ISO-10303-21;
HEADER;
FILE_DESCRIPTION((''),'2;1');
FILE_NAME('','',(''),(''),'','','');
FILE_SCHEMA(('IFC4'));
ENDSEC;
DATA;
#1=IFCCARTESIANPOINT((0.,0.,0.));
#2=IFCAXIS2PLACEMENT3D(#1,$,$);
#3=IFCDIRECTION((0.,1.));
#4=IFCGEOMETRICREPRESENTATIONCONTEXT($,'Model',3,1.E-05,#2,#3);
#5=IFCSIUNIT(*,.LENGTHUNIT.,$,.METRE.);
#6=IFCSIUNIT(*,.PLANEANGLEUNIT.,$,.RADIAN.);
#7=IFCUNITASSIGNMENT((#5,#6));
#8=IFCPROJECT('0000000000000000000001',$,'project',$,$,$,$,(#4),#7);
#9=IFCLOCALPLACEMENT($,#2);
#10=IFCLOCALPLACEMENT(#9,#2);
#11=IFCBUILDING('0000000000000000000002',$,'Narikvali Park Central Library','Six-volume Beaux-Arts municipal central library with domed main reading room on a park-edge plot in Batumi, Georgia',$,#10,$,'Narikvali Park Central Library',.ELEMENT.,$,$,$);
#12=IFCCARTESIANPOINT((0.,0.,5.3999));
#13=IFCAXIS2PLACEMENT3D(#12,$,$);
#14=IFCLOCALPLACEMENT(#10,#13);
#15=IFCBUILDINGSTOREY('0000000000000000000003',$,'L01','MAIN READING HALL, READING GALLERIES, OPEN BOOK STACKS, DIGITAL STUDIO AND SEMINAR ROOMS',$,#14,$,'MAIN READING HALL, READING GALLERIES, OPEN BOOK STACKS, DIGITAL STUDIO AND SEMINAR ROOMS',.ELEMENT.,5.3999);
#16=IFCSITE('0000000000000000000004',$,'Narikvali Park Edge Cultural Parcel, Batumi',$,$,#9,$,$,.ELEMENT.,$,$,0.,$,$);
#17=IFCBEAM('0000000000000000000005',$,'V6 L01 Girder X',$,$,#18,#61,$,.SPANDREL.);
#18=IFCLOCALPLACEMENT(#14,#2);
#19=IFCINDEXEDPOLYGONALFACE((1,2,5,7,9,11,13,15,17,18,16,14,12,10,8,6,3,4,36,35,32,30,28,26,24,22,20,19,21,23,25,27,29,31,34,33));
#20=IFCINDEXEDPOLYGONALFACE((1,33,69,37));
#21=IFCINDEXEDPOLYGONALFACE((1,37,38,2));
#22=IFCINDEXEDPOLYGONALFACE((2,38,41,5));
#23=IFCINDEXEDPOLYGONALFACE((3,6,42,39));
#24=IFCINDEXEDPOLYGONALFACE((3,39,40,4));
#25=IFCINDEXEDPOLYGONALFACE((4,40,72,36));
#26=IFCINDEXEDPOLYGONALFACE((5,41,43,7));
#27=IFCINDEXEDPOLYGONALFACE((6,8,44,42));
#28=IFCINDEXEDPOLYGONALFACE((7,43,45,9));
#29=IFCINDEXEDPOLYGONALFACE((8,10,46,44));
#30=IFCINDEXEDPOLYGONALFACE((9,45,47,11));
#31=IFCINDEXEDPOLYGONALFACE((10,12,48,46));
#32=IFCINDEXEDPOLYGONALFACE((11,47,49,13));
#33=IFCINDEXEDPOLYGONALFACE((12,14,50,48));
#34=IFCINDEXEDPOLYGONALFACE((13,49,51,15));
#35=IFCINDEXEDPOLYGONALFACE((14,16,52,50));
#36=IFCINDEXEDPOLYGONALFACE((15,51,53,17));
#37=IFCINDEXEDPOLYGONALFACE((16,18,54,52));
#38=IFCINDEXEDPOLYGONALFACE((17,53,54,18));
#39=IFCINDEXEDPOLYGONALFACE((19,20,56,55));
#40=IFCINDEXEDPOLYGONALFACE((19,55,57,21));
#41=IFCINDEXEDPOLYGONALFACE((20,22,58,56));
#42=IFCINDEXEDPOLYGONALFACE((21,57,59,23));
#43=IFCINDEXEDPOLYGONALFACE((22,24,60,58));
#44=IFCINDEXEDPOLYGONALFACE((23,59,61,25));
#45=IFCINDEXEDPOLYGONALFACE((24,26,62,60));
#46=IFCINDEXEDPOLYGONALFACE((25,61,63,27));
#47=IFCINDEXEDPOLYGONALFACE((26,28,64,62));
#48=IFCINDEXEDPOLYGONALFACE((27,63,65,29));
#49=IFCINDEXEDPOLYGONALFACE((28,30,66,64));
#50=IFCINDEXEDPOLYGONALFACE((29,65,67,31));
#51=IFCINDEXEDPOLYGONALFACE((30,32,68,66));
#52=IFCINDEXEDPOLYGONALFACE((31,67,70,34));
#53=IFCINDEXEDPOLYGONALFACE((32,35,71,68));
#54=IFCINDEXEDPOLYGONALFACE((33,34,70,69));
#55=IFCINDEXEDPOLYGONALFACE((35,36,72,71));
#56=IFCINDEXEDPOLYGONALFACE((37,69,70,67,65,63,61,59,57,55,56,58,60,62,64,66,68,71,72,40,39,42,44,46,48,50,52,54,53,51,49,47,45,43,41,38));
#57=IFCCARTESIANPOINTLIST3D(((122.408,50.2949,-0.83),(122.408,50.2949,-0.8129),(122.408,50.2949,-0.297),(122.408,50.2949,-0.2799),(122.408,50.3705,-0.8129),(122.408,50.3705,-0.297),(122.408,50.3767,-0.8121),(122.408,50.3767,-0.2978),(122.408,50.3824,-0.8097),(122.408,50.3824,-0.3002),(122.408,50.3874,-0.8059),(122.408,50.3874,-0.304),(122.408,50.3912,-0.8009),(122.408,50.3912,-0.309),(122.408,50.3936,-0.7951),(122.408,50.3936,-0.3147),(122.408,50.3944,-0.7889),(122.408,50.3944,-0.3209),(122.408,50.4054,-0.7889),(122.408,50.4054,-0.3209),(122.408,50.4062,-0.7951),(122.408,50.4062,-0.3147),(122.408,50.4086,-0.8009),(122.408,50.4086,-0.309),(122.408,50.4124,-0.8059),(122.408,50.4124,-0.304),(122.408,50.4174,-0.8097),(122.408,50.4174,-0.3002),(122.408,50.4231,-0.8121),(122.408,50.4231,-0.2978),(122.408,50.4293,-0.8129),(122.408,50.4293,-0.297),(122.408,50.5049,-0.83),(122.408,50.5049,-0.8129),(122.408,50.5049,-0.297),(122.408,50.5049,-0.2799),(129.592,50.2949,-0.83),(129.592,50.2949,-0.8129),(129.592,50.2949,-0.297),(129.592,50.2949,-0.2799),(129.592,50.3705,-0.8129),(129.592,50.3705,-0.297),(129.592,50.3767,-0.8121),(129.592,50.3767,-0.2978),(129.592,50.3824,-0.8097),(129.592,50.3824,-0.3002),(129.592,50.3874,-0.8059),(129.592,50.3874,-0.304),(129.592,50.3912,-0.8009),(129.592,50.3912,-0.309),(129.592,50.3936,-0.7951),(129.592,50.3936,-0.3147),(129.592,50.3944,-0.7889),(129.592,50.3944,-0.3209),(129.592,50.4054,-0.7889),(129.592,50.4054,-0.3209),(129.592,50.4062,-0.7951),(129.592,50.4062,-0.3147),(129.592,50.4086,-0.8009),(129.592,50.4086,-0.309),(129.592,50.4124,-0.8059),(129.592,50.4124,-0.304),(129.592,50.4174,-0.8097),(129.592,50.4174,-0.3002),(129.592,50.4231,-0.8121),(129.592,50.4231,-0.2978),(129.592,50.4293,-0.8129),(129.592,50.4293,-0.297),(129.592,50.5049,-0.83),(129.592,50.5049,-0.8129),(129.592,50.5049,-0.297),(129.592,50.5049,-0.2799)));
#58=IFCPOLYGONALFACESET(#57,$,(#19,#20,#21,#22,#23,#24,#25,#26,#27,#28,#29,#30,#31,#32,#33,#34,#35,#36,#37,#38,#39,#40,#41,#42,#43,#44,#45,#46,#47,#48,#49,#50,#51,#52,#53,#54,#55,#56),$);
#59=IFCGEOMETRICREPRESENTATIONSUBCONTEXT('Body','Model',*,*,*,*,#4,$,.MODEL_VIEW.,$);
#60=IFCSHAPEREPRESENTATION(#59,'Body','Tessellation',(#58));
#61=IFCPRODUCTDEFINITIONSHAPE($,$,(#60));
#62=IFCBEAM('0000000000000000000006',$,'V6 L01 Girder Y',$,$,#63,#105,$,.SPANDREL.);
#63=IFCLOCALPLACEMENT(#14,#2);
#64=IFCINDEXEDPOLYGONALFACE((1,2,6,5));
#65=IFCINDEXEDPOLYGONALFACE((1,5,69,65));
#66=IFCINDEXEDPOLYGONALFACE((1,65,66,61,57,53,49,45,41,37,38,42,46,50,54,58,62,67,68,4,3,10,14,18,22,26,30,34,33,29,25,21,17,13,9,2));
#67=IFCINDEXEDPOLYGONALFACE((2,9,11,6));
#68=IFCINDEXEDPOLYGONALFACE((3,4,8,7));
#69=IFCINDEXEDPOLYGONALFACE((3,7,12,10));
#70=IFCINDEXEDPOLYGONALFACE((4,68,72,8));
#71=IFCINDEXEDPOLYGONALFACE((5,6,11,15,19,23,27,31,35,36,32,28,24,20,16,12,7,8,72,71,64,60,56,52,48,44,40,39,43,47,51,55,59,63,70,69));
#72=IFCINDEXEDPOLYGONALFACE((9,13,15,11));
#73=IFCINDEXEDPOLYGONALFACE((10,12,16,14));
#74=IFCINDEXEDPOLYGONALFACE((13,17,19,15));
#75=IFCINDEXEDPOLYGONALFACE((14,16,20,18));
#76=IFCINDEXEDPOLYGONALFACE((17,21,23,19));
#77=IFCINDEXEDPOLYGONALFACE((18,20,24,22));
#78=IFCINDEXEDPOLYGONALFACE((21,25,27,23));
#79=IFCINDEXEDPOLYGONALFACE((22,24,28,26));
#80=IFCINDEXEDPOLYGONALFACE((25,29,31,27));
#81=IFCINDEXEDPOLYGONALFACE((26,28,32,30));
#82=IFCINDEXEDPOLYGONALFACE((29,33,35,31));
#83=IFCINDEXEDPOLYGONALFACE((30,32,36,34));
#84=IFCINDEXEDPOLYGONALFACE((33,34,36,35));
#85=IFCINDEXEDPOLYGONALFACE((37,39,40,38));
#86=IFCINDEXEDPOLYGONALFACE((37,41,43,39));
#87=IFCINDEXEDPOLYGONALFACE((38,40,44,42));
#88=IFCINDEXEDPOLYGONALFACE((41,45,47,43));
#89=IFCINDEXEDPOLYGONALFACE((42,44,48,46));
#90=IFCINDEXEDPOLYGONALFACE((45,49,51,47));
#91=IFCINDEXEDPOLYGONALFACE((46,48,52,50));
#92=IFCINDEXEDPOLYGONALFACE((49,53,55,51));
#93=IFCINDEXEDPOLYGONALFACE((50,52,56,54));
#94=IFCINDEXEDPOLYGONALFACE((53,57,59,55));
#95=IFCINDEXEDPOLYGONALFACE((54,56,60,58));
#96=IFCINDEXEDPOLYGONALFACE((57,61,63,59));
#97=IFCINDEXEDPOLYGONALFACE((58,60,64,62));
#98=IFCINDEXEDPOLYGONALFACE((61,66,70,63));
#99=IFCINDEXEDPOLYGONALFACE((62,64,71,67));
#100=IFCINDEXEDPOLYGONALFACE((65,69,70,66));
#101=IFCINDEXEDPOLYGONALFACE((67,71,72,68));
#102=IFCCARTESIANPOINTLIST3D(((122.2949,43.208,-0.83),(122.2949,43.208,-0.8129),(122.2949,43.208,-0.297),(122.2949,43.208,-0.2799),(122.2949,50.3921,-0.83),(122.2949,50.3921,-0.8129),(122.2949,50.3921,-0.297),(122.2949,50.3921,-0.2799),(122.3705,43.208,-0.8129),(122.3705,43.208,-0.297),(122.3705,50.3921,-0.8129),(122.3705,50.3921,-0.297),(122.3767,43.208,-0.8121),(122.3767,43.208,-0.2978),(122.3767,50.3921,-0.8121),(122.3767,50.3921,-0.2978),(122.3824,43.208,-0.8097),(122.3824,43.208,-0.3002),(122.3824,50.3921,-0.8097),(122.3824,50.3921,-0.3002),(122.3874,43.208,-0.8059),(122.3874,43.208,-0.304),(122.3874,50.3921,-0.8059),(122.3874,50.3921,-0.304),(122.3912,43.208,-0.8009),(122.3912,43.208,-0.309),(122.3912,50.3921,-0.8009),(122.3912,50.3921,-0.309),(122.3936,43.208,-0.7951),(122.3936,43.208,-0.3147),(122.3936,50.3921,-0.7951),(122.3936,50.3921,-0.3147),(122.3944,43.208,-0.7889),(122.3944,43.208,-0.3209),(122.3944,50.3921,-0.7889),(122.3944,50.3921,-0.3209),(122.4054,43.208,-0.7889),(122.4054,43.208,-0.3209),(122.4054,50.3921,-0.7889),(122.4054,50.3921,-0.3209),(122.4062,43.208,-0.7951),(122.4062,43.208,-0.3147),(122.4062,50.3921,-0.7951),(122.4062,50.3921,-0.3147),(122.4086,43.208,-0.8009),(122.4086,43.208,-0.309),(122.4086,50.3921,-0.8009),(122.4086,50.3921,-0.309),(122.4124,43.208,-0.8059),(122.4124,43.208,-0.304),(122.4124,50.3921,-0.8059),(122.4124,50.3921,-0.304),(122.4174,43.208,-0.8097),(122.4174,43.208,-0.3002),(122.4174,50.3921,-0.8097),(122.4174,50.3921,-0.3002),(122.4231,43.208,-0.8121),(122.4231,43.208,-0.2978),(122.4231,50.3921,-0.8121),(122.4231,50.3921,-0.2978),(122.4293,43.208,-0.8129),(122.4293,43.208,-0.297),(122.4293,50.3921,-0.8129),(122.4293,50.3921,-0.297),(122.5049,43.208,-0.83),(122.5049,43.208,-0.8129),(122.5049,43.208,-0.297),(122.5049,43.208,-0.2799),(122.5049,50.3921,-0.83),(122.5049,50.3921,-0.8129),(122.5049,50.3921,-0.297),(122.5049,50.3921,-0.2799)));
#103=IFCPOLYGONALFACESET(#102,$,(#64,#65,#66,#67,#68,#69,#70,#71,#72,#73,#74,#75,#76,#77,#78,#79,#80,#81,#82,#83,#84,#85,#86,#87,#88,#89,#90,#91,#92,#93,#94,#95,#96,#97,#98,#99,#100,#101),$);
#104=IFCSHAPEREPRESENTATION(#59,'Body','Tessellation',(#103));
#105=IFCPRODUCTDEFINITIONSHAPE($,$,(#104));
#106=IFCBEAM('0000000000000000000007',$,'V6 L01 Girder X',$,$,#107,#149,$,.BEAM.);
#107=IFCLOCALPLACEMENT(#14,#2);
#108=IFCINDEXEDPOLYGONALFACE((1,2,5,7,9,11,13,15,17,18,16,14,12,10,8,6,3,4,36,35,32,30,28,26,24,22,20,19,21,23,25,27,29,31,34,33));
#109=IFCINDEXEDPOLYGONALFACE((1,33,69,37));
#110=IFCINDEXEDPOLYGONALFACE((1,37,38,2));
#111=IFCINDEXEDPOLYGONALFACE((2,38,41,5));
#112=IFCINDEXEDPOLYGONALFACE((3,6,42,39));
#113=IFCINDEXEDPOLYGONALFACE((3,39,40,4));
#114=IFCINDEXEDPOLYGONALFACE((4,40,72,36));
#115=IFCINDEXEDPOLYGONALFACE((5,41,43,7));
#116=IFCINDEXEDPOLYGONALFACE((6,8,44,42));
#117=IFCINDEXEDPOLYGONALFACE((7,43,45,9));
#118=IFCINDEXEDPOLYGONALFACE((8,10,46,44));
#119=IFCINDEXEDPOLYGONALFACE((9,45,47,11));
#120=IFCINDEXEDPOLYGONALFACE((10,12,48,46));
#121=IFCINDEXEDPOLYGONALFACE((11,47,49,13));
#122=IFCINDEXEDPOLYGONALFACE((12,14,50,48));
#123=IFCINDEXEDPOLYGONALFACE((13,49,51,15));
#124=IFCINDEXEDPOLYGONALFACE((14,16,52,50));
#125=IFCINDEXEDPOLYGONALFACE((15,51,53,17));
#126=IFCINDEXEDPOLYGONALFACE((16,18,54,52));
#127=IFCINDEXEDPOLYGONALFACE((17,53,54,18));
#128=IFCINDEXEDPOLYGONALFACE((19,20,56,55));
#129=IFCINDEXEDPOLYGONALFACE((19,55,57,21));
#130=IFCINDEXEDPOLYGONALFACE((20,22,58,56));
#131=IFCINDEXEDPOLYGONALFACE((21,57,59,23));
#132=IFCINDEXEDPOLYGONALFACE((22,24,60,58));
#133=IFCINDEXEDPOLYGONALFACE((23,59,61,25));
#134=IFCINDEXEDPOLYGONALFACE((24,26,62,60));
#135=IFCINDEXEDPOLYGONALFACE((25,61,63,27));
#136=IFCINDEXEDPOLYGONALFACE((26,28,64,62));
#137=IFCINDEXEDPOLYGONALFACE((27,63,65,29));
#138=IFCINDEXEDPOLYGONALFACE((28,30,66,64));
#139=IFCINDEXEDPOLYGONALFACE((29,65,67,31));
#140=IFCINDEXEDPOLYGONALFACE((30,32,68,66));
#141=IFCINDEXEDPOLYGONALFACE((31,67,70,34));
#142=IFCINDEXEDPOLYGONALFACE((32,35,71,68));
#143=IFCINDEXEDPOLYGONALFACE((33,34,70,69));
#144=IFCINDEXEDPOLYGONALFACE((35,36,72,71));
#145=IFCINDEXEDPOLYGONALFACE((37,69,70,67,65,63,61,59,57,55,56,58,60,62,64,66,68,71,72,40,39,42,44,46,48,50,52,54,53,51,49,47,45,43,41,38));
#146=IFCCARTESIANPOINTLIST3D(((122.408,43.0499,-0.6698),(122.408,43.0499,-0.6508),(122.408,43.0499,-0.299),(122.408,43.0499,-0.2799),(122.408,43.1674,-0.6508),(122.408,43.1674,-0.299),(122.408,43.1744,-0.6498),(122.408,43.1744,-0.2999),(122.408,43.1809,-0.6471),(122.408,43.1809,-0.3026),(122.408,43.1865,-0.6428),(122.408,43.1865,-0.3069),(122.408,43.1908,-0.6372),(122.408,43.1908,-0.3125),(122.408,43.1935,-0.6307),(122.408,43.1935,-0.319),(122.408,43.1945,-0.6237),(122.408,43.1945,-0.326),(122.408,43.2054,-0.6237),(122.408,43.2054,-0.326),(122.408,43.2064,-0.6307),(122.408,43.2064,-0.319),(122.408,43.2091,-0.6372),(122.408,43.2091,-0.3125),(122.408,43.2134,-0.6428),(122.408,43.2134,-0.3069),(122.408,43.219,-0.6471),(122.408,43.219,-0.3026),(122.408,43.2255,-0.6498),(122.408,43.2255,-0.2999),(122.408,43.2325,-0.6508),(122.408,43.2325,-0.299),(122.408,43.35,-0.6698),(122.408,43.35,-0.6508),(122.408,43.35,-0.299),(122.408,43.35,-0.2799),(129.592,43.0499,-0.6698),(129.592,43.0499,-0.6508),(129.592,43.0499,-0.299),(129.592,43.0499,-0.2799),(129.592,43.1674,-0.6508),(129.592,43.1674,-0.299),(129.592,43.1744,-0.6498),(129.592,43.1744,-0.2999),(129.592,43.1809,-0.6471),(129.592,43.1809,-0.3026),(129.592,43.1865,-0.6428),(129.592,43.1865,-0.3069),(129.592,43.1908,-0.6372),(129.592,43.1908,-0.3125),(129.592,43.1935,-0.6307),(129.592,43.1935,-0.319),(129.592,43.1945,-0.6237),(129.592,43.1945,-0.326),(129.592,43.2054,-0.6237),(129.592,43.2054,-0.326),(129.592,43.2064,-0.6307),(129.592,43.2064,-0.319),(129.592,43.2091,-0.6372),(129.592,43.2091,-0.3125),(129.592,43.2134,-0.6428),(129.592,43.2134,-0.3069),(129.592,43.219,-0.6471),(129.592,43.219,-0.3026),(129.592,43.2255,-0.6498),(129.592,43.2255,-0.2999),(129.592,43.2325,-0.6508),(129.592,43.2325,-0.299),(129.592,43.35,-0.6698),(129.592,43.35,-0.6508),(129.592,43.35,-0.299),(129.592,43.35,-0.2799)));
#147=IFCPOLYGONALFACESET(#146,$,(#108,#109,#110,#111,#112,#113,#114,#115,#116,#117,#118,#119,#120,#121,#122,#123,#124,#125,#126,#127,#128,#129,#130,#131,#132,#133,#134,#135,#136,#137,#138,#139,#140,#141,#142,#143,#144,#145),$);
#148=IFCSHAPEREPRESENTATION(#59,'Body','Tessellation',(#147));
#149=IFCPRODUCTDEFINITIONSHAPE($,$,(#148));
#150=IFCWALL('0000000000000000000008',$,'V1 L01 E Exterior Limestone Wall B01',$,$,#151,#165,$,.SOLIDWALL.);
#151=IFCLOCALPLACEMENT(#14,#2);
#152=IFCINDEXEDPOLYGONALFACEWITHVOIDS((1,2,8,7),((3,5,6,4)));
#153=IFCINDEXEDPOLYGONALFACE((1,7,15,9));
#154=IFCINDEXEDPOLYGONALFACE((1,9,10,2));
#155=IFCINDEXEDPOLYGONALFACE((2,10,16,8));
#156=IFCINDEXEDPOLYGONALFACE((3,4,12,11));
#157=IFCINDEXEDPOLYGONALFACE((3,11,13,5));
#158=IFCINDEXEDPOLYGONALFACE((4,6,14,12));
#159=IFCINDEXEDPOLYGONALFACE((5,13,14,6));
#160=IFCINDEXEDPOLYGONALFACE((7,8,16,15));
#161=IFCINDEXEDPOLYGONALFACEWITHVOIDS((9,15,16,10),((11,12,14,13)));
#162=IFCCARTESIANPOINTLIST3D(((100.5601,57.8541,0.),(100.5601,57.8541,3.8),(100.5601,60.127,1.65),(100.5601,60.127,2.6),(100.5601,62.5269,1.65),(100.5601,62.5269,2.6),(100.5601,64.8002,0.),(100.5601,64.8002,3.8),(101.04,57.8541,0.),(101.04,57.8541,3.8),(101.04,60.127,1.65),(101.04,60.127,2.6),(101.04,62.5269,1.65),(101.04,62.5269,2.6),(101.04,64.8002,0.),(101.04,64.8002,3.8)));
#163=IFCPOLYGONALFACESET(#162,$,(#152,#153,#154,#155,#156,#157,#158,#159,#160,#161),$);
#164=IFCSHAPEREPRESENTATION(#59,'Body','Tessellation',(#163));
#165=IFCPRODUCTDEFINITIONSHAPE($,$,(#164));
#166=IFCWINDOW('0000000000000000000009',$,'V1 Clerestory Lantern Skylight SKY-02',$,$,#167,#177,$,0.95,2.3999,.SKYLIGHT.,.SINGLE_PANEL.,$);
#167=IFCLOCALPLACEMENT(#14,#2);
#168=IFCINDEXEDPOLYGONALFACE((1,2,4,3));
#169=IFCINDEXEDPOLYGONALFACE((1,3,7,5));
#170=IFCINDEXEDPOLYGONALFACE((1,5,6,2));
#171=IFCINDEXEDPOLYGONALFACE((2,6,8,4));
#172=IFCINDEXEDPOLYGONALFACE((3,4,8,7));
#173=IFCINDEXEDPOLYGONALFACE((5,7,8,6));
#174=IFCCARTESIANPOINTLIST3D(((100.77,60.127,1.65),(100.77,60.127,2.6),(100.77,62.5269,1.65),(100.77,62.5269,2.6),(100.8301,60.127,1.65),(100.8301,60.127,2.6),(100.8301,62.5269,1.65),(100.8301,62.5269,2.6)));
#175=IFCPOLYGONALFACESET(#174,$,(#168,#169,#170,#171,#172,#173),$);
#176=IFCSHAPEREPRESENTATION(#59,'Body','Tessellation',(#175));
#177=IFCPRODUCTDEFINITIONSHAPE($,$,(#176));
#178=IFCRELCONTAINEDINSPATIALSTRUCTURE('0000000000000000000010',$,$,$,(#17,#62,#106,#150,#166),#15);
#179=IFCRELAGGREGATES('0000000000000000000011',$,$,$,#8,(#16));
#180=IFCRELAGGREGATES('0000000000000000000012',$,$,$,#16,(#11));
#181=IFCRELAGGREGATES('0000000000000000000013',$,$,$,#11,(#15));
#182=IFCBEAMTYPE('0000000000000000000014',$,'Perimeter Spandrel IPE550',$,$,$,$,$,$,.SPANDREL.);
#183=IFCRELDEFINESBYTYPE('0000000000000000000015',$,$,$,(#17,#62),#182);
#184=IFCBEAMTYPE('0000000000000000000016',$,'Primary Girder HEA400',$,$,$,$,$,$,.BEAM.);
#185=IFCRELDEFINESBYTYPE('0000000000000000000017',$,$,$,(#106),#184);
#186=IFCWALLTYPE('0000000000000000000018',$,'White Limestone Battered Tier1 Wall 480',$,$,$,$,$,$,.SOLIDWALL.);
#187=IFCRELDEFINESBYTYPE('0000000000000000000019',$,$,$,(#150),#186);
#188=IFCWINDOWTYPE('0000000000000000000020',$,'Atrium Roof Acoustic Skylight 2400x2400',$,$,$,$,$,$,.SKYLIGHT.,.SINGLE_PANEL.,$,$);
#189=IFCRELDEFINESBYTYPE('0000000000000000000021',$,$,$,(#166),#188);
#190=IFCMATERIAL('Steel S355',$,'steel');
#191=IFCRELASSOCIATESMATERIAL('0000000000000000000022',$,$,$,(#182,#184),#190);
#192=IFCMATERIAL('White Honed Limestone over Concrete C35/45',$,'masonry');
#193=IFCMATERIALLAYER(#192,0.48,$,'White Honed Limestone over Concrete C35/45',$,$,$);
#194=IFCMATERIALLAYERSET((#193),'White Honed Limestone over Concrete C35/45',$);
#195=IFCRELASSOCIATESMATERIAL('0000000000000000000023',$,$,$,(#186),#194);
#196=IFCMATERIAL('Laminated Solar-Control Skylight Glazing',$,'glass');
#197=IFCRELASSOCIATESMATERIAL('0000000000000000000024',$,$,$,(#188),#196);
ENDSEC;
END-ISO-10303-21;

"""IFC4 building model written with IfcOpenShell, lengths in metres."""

from ifc_helpers import new_model, si_unit, direction, frame, frame_2d, origin, origin_2d, place, context, subcontext, project, spatial, rectangle, i_section, extrude, material, layer, layer_set, material_profile, profile_set, type_object, element, fill, save


model = new_model("IFC4")

# Units and contexts
model_context = context("Model", 3, precision=1e-05, world=origin(), true_north=direction((0.0, 1.0)))
body_context = subcontext(model_context, "Body", "Model", "MODEL_VIEW")
ifc_project = project(units=[si_unit("LENGTHUNIT", "METRE"), si_unit("PLANEANGLEUNIT", "RADIAN")], contexts=[model_context])

# Site, building, storey
site_placement = place(None, origin())
site = spatial("IfcSite", under=ifc_project, at=site_placement, Name="Narikvali Park Edge Cultural Parcel, Batumi", CompositionType="ELEMENT", RefElevation=0.0)
building_placement = place(site_placement, origin())
building = spatial("IfcBuilding", under=site, at=building_placement, Name="Narikvali Park Central Library", Description="Six-volume Beaux-Arts municipal central library with domed main reading room on a park-edge plot in Batumi, Georgia", LongName="Narikvali Park Central Library", CompositionType="ELEMENT")
storey_placement = place(building_placement, frame((0.0, 0.0, 5.3999)))
storey = spatial("IfcBuildingStorey", under=building, at=storey_placement, Name="L01", Description="MAIN READING HALL, READING GALLERIES, OPEN BOOK STACKS, DIGITAL STUDIO AND SEMINAR ROOMS", LongName="MAIN READING HALL, READING GALLERIES, OPEN BOOK STACKS, DIGITAL STUDIO AND SEMINAR ROOMS", CompositionType="ELEMENT", Elevation=5.3999)

# Shared definitions
ifc_material_1 = material(Name="Steel S355", Category="steel")

# Beams
ifc_material_profile_1 = material_profile(ifc_material_1, i_section(OverallWidth=0.21, OverallDepth=0.55, WebThickness=0.011, FlangeThickness=0.0171, FilletRadius=0.0239, at=origin_2d()), Name="IPE 550")
ifc_profile_set_1 = profile_set([ifc_material_profile_1], Name="Steel S355")
beam_type_1 = type_object("IfcBeamType", Name="Perimeter Spandrel IPE550", PredefinedType="SPANDREL", material=ifc_profile_set_1)
for number, where, z_axis, x_axis, name in (
    (1, (122.408, 50.3999, -0.5549), (1.0, 0.0, 0.0), (0.0, 1.0, 0.0), "V6 L01 Girder X"),
    (2, (122.3999, 43.208, -0.5549), (0.0, 1.0, 0.0), (-1.0, 0.0, 0.0), "V6 L01 Girder Y"),
):
    element("IfcBeam", number, at=place(storey_placement, frame(where, z_axis=z_axis, x_axis=x_axis)), inside=storey, type_object=beam_type_1, Name=name, PredefinedType="SPANDREL", context=body_context, shape_type="SweptSolid", body=[
        extrude(i_section(OverallWidth=0.21, OverallDepth=0.55, WebThickness=0.011, FlangeThickness=0.0171, FilletRadius=0.0239, at=origin_2d()), origin(), (0.0, 0.0, 1.0), 7.1841),
    ])
ifc_material_profile_2 = material_profile(ifc_material_1, i_section(OverallWidth=0.3, OverallDepth=0.3899, WebThickness=0.011, FlangeThickness=0.019, FilletRadius=0.0271, at=origin_2d()), Name="HEA 400")
ifc_profile_set_2 = profile_set([ifc_material_profile_2], Name="Steel S355")
beam_type_2 = type_object("IfcBeamType", Name="Primary Girder HEA400", PredefinedType="BEAM", material=ifc_profile_set_2)
beam_1_placement = place(storey_placement, frame((122.408, 43.2, -0.4749), z_axis=(1.0, 0.0, 0.0), x_axis=(0.0, 1.0, 0.0)))
element("IfcBeam", 3, at=beam_1_placement, inside=storey, type_object=beam_type_2, Name="V6 L01 Girder X", PredefinedType="BEAM", context=body_context, shape_type="SweptSolid", body=[
    extrude(i_section(OverallWidth=0.3, OverallDepth=0.3899, WebThickness=0.011, FlangeThickness=0.019, FilletRadius=0.0271, at=origin_2d()), origin(), (0.0, 0.0, 1.0), 7.1841),
])

# Wall, opening, window
ifc_material_2 = material(Name="White Honed Limestone over Concrete C35/45", Category="masonry")
ifc_layer_1 = layer(ifc_material_2, 0.48, Name="White Honed Limestone over Concrete C35/45")
ifc_layer_set_1 = layer_set([ifc_layer_1], Name="White Honed Limestone over Concrete C35/45")
wall_type = type_object("IfcWallType", Name="White Limestone Battered Tier1 Wall 480", PredefinedType="SOLIDWALL", material=ifc_layer_set_1)
wall_1_placement = place(storey_placement, frame((100.8, 57.854, 0.0), z_axis=(0.0, 0.0, 1.0), x_axis=(0.0, 1.0, 0.0)))
wall_1 = element("IfcWall", 4, at=wall_1_placement, inside=storey, type_object=wall_type, Name="V1 L01 E Exterior Limestone Wall B01", PredefinedType="SOLIDWALL", context=body_context, shape_type="SweptSolid", body=[
    extrude(rectangle(XDim=6.946, YDim=0.48, at=frame_2d((3.4731, 0.0))), origin(), (0.0, 0.0, 1.0), 3.8),
])
opening_1_placement = place(wall_1_placement, frame((2.2729, 0.0, 1.6499)))
opening_1 = element("IfcOpeningElement", 5, at=opening_1_placement, cuts=wall_1, PredefinedType="OPENING", context=body_context, shape_type="SweptSolid", body=[
    extrude(rectangle(XDim=2.3999, YDim=0.95, at=frame_2d((1.2, 0.4751))), frame((0.0, 0.252, 0.0), z_axis=(0.0, -1.0, 0.0), x_axis=(1.0, 0.0, 0.0)), (0.0, 0.0, 1.0), 0.5039),
])
ifc_material_3 = material(Name="Laminated Solar-Control Skylight Glazing", Category="glass")
window_type_1 = type_object("IfcWindowType", Name="Atrium Roof Acoustic Skylight 2400x2400", PartitioningType="SINGLE_PANEL", PredefinedType="SKYLIGHT", material=ifc_material_3)
window_1_placement = place(opening_1_placement, origin())
window_1 = element("IfcWindow", 6, at=window_1_placement, inside=storey, type_object=window_type_1, Name="V1 Clerestory Lantern Skylight SKY-02", OverallHeight=0.95, OverallWidth=2.3999, PartitioningType="SINGLE_PANEL", PredefinedType="SKYLIGHT", context=body_context, shape_type="SweptSolid", body=[
    extrude(rectangle(XDim=2.3999, YDim=0.95, at=frame_2d((1.2, 0.4751))), frame((0.0, 0.03, 0.0), z_axis=(0.0, -1.0, 0.0), x_axis=(1.0, 0.0, 0.0)), (0.0, 0.0, 1.0), 0.0601),
])
fill(opening_1, window_1)

save(model, "model.ifc")
